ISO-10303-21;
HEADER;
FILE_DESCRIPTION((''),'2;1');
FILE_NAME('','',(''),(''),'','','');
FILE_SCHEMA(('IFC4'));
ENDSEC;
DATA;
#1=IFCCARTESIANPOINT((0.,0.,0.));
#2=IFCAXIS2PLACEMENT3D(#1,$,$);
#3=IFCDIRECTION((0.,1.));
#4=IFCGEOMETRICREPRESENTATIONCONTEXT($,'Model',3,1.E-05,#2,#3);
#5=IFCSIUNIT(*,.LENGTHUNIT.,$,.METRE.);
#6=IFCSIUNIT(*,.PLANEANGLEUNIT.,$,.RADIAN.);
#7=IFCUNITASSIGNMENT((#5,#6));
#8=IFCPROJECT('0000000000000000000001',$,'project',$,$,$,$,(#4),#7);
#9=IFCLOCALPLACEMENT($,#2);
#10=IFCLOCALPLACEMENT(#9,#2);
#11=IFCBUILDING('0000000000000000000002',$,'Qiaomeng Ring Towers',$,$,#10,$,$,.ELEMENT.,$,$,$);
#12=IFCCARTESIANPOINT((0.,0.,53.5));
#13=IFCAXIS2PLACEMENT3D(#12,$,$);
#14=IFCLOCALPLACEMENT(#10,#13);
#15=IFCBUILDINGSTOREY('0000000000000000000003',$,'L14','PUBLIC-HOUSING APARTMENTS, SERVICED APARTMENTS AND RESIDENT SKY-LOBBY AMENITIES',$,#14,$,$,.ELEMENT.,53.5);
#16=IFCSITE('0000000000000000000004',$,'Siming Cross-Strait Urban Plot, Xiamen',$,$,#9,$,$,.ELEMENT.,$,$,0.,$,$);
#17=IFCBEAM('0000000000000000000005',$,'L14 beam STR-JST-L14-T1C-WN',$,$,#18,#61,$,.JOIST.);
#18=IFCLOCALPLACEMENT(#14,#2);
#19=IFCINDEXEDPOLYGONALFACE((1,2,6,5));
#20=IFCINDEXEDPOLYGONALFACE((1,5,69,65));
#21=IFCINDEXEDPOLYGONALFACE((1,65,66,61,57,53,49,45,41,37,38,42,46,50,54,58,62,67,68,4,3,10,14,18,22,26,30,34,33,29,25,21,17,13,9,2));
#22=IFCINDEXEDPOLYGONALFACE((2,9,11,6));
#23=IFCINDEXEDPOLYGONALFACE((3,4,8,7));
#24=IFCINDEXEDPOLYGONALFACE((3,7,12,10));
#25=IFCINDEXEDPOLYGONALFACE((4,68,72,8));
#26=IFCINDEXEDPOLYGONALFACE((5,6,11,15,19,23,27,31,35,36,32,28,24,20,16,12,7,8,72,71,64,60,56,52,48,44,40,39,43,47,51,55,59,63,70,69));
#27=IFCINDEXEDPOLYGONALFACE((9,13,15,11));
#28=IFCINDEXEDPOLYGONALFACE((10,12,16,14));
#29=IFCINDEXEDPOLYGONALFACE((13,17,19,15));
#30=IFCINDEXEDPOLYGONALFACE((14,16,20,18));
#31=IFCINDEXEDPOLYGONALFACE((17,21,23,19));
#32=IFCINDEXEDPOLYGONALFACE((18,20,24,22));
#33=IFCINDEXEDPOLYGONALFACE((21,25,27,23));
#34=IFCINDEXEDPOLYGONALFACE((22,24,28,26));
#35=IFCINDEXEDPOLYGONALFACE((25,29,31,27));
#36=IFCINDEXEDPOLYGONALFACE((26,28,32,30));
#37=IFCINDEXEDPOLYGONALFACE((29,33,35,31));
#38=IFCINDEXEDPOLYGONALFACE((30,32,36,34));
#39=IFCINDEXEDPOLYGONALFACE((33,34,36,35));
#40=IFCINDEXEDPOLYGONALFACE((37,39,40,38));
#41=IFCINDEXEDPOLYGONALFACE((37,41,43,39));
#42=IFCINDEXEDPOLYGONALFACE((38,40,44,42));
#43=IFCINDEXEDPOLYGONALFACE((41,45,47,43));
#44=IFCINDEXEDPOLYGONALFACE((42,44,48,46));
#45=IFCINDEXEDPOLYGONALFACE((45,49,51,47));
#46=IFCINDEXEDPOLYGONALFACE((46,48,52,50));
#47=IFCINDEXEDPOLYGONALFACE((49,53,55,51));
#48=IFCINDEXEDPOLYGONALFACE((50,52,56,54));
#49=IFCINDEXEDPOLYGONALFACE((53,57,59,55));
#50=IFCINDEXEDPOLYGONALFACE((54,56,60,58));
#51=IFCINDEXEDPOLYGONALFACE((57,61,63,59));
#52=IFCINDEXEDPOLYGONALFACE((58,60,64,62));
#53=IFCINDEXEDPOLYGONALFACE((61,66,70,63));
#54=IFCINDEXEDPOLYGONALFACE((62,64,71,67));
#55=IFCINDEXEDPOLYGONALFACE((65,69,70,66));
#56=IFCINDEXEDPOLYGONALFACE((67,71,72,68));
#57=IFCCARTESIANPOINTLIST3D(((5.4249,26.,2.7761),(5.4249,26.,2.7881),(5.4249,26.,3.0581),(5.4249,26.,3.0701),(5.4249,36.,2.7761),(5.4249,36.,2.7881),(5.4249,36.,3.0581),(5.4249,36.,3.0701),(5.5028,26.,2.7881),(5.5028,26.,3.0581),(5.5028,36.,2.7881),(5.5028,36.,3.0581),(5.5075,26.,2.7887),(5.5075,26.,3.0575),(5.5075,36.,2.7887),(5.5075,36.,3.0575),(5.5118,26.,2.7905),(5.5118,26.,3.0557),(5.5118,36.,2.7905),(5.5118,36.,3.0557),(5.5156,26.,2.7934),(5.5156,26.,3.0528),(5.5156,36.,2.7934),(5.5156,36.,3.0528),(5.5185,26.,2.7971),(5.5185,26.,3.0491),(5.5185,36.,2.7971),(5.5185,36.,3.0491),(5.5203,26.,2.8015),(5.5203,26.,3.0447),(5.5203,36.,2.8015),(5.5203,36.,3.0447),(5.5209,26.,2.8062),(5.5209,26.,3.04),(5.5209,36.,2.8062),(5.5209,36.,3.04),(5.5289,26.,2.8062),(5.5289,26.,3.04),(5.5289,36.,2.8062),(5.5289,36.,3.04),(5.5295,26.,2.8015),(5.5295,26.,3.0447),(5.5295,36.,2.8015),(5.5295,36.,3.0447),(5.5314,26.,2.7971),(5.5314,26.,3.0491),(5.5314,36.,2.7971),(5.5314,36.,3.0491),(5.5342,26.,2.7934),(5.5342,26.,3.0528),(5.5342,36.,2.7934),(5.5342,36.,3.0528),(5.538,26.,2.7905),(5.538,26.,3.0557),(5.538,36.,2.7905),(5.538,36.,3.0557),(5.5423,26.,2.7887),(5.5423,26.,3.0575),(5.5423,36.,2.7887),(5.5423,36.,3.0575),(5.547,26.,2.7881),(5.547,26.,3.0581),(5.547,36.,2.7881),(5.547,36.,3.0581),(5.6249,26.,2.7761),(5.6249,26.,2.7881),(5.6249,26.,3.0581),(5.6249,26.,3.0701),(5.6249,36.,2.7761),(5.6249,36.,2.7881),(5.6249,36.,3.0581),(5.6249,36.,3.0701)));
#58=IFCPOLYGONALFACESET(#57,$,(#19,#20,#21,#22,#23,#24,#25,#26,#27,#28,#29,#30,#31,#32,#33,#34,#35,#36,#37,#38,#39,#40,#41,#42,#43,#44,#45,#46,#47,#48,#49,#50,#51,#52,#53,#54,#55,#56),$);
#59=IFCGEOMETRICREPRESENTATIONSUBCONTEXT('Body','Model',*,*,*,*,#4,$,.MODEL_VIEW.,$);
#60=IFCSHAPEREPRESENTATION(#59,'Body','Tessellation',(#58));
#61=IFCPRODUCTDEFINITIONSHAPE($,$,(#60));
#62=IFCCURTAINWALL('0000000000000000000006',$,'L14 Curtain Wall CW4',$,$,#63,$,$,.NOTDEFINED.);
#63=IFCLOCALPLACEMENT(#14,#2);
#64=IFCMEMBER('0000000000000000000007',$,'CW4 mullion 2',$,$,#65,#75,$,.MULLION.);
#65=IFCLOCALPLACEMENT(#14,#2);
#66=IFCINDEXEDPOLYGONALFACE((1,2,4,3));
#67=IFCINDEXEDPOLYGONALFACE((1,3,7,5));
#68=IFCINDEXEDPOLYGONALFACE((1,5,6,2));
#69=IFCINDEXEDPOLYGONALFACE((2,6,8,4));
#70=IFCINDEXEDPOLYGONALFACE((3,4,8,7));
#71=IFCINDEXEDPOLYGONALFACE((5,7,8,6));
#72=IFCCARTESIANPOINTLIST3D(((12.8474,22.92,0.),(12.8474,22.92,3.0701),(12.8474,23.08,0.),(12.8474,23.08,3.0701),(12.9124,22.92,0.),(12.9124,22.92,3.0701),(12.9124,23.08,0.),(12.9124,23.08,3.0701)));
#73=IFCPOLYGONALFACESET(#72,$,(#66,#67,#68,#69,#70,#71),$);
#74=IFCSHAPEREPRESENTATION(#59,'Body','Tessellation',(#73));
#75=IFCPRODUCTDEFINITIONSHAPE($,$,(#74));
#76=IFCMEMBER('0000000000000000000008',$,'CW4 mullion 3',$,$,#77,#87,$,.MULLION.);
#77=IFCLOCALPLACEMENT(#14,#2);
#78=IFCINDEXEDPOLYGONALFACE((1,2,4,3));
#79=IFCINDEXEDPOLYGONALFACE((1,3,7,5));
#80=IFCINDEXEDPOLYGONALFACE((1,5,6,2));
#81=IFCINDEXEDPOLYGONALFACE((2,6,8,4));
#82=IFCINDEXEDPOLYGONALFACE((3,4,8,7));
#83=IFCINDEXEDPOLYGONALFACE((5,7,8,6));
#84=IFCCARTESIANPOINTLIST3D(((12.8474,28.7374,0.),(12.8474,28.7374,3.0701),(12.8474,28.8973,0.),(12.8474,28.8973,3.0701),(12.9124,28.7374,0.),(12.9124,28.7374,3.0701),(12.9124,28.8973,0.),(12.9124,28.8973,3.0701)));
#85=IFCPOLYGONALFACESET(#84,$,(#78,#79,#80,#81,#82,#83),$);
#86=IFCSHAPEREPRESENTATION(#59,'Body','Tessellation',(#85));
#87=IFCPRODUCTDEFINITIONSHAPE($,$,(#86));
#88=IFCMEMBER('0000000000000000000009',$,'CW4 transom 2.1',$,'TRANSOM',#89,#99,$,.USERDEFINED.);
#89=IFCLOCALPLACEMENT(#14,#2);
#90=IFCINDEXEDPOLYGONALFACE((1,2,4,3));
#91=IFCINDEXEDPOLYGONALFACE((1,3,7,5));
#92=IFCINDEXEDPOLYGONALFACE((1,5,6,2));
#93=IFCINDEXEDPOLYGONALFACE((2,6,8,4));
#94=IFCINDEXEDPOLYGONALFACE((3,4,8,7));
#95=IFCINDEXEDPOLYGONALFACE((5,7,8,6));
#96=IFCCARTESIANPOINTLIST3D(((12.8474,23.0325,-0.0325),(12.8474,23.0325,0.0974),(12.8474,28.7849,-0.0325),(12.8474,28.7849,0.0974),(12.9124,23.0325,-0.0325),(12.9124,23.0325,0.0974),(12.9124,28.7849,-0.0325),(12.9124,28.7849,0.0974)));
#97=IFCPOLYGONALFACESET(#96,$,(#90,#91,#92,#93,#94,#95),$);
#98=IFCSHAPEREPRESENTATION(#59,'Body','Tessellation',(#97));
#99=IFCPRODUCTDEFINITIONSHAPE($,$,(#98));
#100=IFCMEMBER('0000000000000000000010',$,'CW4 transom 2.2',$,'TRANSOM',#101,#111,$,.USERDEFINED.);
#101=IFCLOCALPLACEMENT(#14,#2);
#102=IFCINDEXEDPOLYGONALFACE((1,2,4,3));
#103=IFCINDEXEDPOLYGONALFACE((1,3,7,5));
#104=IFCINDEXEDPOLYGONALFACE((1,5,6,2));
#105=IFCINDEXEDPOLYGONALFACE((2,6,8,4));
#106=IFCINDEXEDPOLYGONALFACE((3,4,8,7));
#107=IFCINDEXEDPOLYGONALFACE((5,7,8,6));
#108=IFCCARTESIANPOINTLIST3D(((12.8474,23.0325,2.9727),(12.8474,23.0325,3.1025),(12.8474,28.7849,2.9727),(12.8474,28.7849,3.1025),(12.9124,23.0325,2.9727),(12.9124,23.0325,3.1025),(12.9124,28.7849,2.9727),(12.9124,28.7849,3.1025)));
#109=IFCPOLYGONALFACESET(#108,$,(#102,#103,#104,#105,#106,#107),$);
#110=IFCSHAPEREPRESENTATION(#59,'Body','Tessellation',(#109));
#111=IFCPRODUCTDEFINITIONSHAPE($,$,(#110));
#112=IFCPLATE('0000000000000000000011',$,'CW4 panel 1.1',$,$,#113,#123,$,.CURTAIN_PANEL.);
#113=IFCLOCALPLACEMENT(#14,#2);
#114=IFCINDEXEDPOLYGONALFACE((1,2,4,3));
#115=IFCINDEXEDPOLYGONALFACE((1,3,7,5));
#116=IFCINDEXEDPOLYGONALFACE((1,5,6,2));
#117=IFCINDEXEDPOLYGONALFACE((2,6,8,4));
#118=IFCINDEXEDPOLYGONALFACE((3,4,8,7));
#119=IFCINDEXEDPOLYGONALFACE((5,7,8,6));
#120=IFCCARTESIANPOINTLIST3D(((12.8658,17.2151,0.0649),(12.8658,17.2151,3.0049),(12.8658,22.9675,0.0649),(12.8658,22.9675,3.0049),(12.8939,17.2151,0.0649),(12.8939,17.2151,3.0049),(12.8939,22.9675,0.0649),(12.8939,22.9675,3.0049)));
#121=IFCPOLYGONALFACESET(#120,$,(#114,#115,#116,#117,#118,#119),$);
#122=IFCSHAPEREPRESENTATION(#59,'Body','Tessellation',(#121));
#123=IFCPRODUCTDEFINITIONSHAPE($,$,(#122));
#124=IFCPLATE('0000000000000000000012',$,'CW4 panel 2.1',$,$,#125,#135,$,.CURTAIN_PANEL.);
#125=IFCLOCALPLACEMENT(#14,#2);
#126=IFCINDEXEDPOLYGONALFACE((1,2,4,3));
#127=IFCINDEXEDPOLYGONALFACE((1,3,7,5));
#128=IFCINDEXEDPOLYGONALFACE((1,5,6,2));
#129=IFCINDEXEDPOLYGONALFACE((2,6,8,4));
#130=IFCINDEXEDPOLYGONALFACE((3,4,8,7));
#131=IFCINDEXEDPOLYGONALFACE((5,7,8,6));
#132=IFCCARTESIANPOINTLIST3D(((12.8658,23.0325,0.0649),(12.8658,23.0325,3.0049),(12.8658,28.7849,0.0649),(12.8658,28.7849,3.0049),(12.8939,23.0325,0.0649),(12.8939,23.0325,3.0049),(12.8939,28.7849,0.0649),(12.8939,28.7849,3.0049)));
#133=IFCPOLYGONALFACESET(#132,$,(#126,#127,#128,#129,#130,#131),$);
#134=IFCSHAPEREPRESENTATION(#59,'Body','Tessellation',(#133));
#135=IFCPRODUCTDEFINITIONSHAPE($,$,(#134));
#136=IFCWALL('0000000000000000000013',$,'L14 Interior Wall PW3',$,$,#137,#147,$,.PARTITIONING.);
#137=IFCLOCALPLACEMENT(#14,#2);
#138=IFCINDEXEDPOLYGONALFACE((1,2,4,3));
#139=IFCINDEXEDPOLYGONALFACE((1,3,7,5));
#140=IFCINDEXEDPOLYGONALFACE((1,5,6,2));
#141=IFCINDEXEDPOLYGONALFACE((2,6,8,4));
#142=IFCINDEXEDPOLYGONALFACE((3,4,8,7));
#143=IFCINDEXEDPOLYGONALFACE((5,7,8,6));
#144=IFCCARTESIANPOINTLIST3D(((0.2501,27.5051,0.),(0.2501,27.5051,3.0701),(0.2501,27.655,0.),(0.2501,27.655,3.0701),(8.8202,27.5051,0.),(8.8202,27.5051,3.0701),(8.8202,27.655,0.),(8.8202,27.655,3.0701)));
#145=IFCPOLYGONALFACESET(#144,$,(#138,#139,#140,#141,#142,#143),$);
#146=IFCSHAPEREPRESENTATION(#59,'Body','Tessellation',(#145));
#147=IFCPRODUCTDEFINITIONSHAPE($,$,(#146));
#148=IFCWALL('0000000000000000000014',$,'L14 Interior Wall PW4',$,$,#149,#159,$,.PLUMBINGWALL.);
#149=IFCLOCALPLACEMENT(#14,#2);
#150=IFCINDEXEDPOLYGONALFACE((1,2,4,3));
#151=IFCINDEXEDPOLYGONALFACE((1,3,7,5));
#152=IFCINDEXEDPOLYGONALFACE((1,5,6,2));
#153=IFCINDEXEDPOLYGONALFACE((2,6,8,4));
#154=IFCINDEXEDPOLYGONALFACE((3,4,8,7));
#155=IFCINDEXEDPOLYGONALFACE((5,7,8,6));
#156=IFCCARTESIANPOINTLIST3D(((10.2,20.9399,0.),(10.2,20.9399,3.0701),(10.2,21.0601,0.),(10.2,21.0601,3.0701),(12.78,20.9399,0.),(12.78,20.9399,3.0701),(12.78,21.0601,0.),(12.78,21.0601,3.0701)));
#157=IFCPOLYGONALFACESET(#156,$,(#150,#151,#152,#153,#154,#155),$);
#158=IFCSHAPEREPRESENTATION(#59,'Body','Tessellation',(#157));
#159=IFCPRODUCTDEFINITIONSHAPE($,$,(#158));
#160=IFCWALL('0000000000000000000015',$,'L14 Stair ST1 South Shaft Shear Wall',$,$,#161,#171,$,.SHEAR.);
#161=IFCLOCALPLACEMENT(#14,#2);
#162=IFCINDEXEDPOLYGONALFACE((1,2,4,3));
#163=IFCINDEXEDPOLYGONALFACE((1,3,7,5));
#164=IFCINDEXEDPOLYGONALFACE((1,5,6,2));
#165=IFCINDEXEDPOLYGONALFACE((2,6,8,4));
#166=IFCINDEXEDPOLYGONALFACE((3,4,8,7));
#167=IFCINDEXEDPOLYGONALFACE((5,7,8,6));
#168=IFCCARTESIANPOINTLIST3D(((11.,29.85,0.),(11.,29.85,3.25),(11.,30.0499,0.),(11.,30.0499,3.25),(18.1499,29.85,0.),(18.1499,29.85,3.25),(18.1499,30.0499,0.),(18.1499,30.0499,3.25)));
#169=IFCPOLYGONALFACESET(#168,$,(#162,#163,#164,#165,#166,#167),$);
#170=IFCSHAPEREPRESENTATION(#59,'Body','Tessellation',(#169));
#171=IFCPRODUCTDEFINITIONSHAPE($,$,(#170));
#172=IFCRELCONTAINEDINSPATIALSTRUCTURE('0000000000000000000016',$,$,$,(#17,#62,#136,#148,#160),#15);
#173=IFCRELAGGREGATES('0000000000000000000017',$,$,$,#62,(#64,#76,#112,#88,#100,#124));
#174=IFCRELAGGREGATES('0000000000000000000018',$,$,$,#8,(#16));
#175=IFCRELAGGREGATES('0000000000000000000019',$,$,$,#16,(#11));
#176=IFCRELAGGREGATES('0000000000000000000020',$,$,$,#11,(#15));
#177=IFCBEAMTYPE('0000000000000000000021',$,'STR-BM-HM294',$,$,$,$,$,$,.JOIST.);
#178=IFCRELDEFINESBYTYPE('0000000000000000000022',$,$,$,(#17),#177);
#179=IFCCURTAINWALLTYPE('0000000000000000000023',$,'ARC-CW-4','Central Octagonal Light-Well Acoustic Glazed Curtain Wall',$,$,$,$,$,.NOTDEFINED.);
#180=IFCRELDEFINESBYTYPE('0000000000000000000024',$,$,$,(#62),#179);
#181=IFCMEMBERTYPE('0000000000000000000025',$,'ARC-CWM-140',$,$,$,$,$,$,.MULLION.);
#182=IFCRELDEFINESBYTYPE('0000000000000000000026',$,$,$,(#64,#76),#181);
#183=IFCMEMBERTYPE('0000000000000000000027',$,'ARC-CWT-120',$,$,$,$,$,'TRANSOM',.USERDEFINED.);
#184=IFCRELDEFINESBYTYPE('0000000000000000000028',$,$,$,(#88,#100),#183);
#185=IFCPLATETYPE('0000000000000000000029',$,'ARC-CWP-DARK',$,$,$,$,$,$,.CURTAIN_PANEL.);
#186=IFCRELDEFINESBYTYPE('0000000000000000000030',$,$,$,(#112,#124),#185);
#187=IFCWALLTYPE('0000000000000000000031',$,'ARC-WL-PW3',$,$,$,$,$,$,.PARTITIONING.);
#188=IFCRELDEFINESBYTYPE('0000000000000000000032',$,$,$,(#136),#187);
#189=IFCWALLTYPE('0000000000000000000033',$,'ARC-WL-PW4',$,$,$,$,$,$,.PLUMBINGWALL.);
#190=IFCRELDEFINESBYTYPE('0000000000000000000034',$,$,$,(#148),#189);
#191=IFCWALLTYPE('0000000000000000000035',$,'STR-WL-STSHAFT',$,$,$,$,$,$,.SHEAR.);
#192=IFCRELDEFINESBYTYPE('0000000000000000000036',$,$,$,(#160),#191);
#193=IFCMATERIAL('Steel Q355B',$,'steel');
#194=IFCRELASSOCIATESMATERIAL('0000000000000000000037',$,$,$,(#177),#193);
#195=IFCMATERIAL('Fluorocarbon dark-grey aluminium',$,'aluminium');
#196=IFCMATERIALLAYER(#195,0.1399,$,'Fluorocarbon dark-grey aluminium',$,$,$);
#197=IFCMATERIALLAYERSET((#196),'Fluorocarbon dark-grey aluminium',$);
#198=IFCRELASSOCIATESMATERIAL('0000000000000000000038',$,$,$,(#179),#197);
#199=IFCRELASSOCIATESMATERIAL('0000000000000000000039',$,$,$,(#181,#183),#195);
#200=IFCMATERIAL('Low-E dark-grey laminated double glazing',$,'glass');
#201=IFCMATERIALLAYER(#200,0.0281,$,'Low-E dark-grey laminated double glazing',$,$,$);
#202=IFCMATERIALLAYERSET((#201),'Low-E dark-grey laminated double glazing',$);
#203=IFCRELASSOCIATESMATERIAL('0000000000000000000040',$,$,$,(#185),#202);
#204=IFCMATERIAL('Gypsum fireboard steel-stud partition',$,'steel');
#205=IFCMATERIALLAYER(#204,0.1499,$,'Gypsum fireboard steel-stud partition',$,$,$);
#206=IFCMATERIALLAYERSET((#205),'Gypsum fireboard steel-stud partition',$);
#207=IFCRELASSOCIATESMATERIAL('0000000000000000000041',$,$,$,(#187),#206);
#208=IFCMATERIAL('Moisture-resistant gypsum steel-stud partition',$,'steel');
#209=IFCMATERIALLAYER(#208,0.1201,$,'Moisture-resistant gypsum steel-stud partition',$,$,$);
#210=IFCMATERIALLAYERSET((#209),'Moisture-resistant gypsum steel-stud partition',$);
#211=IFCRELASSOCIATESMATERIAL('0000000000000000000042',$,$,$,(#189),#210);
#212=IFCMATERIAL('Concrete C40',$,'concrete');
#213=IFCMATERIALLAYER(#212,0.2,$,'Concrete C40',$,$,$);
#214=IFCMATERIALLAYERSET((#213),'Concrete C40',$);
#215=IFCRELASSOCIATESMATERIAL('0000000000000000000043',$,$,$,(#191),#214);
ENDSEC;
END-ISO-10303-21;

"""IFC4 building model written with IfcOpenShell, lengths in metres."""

from ifc_helpers import new_model, si_unit, direction, frame, frame_2d, origin, origin_2d, place, context, subcontext, project, spatial, rectangle, i_section, extrude, source, transform, mapped, material, layer, layer_set, material_profile, profile_set, type_object, element, aggregate, save


model = new_model("IFC4")

# Units and contexts
model_context = context("Model", 3, precision=1e-05, world=origin(), true_north=direction((0.0, 1.0)))
body_context = subcontext(model_context, "Body", "Model", "MODEL_VIEW")
ifc_project = project(units=[si_unit("LENGTHUNIT", "METRE"), si_unit("PLANEANGLEUNIT", "RADIAN")], contexts=[model_context])

# Site, building, storey
site_placement = place(None, origin())
site = spatial("IfcSite", under=ifc_project, at=site_placement, Name="Siming Cross-Strait Urban Plot, Xiamen", CompositionType="ELEMENT", RefElevation=0.0)
building_placement = place(site_placement, origin())
building = spatial("IfcBuilding", under=site, at=building_placement, Name="Qiaomeng Ring Towers", CompositionType="ELEMENT")
storey_placement = place(building_placement, frame((0.0, 0.0, 53.5)))
storey = spatial("IfcBuildingStorey", under=building, at=storey_placement, Name="L14", Description="PUBLIC-HOUSING APARTMENTS, SERVICED APARTMENTS AND RESIDENT SKY-LOBBY AMENITIES", CompositionType="ELEMENT", Elevation=53.5)

# Beam
ifc_material_1 = material(Name="Steel Q355B", Category="steel")
ifc_material_profile_1 = material_profile(ifc_material_1, i_section(OverallWidth=0.2, OverallDepth=0.2939, WebThickness=0.0081, FlangeThickness=0.012, FilletRadius=0.0181, at=origin_2d()), Name="HM 294x200x8x12")
ifc_profile_set_1 = profile_set([ifc_material_profile_1], Name="Steel Q355B")
beam_type_1 = type_object("IfcBeamType", Name="STR-BM-HM294", PredefinedType="JOIST", material=ifc_profile_set_1)
shared_shape_1 = source(origin(), body_context, "Body", "SweptSolid", [
    extrude(i_section(OverallWidth=0.2, OverallDepth=0.2939, WebThickness=0.0081, FlangeThickness=0.012, FilletRadius=0.0181, at=origin_2d()), origin(), (0.0, 0.0, 1.0), 10.0),
])
beam_1_placement = place(storey_placement, frame((5.5249, 26.0, 2.9231), z_axis=(0.0, 1.0, 0.0), x_axis=(-1.0, 0.0, 0.0)))
element("IfcBeam", 1, at=beam_1_placement, inside=storey, type_object=beam_type_1, Name="L14 beam STR-JST-L14-T1C-WN", PredefinedType="JOIST", context=body_context, shape_type="MappedRepresentation", body=[
    mapped(shared_shape_1, transform((0.0, 0.0, 0.0), x_axis=(1.0, 0.0, 0.0), y_axis=(0.0, 1.0, 0.0), z_axis=(0.0, 0.0, 1.0), scale=1.0)),
])

# Curtain wall, members, plates
ifc_material_2 = material(Name="Fluorocarbon dark-grey aluminium", Category="aluminium")
ifc_layer_1 = layer(ifc_material_2, 0.1399, Name="Fluorocarbon dark-grey aluminium")
ifc_layer_set_1 = layer_set([ifc_layer_1], Name="Fluorocarbon dark-grey aluminium")
curtain_wall_type = type_object("IfcCurtainWallType", Name="ARC-CW-4", Description="Central Octagonal Light-Well Acoustic Glazed Curtain Wall", PredefinedType="NOTDEFINED", material=ifc_layer_set_1)
curtain_wall_placement = place(storey_placement, origin())
curtain_wall = element("IfcCurtainWall", 2, at=curtain_wall_placement, inside=storey, type_object=curtain_wall_type, Name="L14 Curtain Wall CW4", PredefinedType="NOTDEFINED")
ifc_material_profile_2 = material_profile(ifc_material_2, rectangle(XDim=0.0649, YDim=0.1599, at=origin_2d()), Name="ALU MULL 65x160")
ifc_profile_set_2 = profile_set([ifc_material_profile_2], Name="Fluorocarbon dark-grey aluminium")
member_type_1 = type_object("IfcMemberType", Name="ARC-CWM-140", PredefinedType="MULLION", material=ifc_profile_set_2)
shared_shape_2 = source(origin(), body_context, "Body", "SweptSolid", [
    extrude(rectangle(XDim=0.0649, YDim=0.1599, at=origin_2d()), origin(), (0.0, 0.0, 1.0), 3.0701),
])
member_1_placement = place(storey_placement, frame((12.8799, 23.0, 0.0), z_axis=(0.0, 0.0, 1.0), x_axis=(-1.0, 0.0, 0.0)))
member_1 = element("IfcMember", 3, at=member_1_placement, type_object=member_type_1, Name="CW4 mullion 2", PredefinedType="MULLION", context=body_context, shape_type="MappedRepresentation", body=[
    mapped(shared_shape_2, transform((0.0, 0.0, 0.0), x_axis=(1.0, 0.0, 0.0), y_axis=(0.0, 1.0, 0.0), z_axis=(0.0, 0.0, 1.0), scale=1.0)),
])
member_2_placement = place(storey_placement, frame((12.8799, 28.8174, 0.0), z_axis=(0.0, 0.0, 1.0), x_axis=(-1.0, 0.0, 0.0)))
member_2 = element("IfcMember", 4, at=member_2_placement, type_object=member_type_1, Name="CW4 mullion 3", PredefinedType="MULLION", context=body_context, shape_type="MappedRepresentation", body=[
    mapped(shared_shape_2, transform((0.0, 0.0, 0.0), x_axis=(1.0, 0.0, 0.0), y_axis=(0.0, 1.0, 0.0), z_axis=(0.0, 0.0, 1.0), scale=1.0)),
])
ifc_material_profile_3 = material_profile(ifc_material_2, rectangle(XDim=0.0649, YDim=0.1299, at=origin_2d()), Name="ALU TRAN 65x130")
ifc_profile_set_3 = profile_set([ifc_material_profile_3], Name="Fluorocarbon dark-grey aluminium")
member_type_2 = type_object("IfcMemberType", Name="ARC-CWT-120", ElementType="TRANSOM", PredefinedType="USERDEFINED", material=ifc_profile_set_3)
shared_shape_3 = source(origin(), body_context, "Body", "SweptSolid", [
    extrude(rectangle(XDim=0.0649, YDim=0.1299, at=origin_2d()), origin(), (0.0, 0.0, 1.0), 5.7524),
])
member_3_placement = place(storey_placement, frame((12.8799, 23.0325, 0.0325), z_axis=(0.0, 1.0, 0.0), x_axis=(-1.0, 0.0, 0.0)))
member_3 = element("IfcMember", 5, at=member_3_placement, type_object=member_type_2, Name="CW4 transom 2.1", ObjectType="TRANSOM", PredefinedType="USERDEFINED", context=body_context, shape_type="MappedRepresentation", body=[
    mapped(shared_shape_3, transform((0.0, 0.0, 0.0), x_axis=(1.0, 0.0, 0.0), y_axis=(0.0, 1.0, 0.0), z_axis=(0.0, 0.0, 1.0), scale=1.0)),
])
member_4_placement = place(storey_placement, frame((12.8799, 23.0325, 3.0376), z_axis=(0.0, 1.0, 0.0), x_axis=(-1.0, 0.0, 0.0)))
member_4 = element("IfcMember", 6, at=member_4_placement, type_object=member_type_2, Name="CW4 transom 2.2", ObjectType="TRANSOM", PredefinedType="USERDEFINED", context=body_context, shape_type="MappedRepresentation", body=[
    mapped(shared_shape_3, transform((0.0, 0.0, 0.0), x_axis=(1.0, 0.0, 0.0), y_axis=(0.0, 1.0, 0.0), z_axis=(0.0, 0.0, 1.0), scale=1.0)),
])
ifc_material_3 = material(Name="Low-E dark-grey laminated double glazing", Category="glass")
ifc_layer_2 = layer(ifc_material_3, 0.0281, Name="Low-E dark-grey laminated double glazing")
ifc_layer_set_2 = layer_set([ifc_layer_2], Name="Low-E dark-grey laminated double glazing")
plate_type = type_object("IfcPlateType", Name="ARC-CWP-DARK", PredefinedType="CURTAIN_PANEL", material=ifc_layer_set_2)
shared_shape_4 = source(origin(), body_context, "Body", "SweptSolid", [
    extrude(rectangle(XDim=5.7524, YDim=0.0281, at=origin_2d()), origin(), (0.0, 0.0, 1.0), 2.9399),
])
plate_1_placement = place(storey_placement, frame((12.8799, 20.0913, 0.0649), z_axis=(0.0, 0.0, 1.0), x_axis=(0.0, 1.0, 0.0)))
plate_1 = element("IfcPlate", 7, at=plate_1_placement, type_object=plate_type, Name="CW4 panel 1.1", PredefinedType="CURTAIN_PANEL", context=body_context, shape_type="MappedRepresentation", body=[
    mapped(shared_shape_4, transform((0.0, 0.0, 0.0), x_axis=(1.0, 0.0, 0.0), y_axis=(0.0, 1.0, 0.0), z_axis=(0.0, 0.0, 1.0), scale=1.0)),
])
plate_2_placement = place(storey_placement, frame((12.8799, 25.9087, 0.0649), z_axis=(0.0, 0.0, 1.0), x_axis=(0.0, 1.0, 0.0)))
plate_2 = element("IfcPlate", 8, at=plate_2_placement, type_object=plate_type, Name="CW4 panel 2.1", PredefinedType="CURTAIN_PANEL", context=body_context, shape_type="MappedRepresentation", body=[
    mapped(shared_shape_4, transform((0.0, 0.0, 0.0), x_axis=(1.0, 0.0, 0.0), y_axis=(0.0, 1.0, 0.0), z_axis=(0.0, 0.0, 1.0), scale=1.0)),
])
aggregate(curtain_wall, [member_1, member_2, plate_1, member_3, member_4, plate_2])

# Walls
ifc_material_4 = material(Name="Gypsum fireboard steel-stud partition", Category="steel")
ifc_layer_3 = layer(ifc_material_4, 0.1499, Name="Gypsum fireboard steel-stud partition")
ifc_layer_set_3 = layer_set([ifc_layer_3], Name="Gypsum fireboard steel-stud partition")
wall_type_1 = type_object("IfcWallType", Name="ARC-WL-PW3", PredefinedType="PARTITIONING", material=ifc_layer_set_3)
wall_1_placement = place(storey_placement, frame((0.25, 27.5801, 0.0), z_axis=(0.0, 0.0, 1.0), x_axis=(1.0, 0.0, 0.0)))
element("IfcWall", 9, at=wall_1_placement, inside=storey, type_object=wall_type_1, Name="L14 Interior Wall PW3", PredefinedType="PARTITIONING", context=body_context, shape_type="SweptSolid", body=[
    extrude(rectangle(XDim=8.5701, YDim=0.1499, at=frame_2d((4.2852, 0.0))), origin(), (0.0, 0.0, 1.0), 3.0701),
])
ifc_material_5 = material(Name="Moisture-resistant gypsum steel-stud partition", Category="steel")
ifc_layer_4 = layer(ifc_material_5, 0.1201, Name="Moisture-resistant gypsum steel-stud partition")
ifc_layer_set_4 = layer_set([ifc_layer_4], Name="Moisture-resistant gypsum steel-stud partition")
wall_type_2 = type_object("IfcWallType", Name="ARC-WL-PW4", PredefinedType="PLUMBINGWALL", material=ifc_layer_set_4)
wall_2_placement = place(storey_placement, frame((10.2, 21.0, 0.0), z_axis=(0.0, 0.0, 1.0), x_axis=(1.0, 0.0, 0.0)))
element("IfcWall", 10, at=wall_2_placement, inside=storey, type_object=wall_type_2, Name="L14 Interior Wall PW4", PredefinedType="PLUMBINGWALL", context=body_context, shape_type="SweptSolid", body=[
    extrude(rectangle(XDim=2.5801, YDim=0.1201, at=frame_2d((1.29, 0.0))), origin(), (0.0, 0.0, 1.0), 3.0701),
])
ifc_material_6 = material(Name="Concrete C40", Category="concrete")
ifc_layer_5 = layer(ifc_material_6, 0.2, Name="Concrete C40")
ifc_layer_set_5 = layer_set([ifc_layer_5], Name="Concrete C40")
wall_type_3 = type_object("IfcWallType", Name="STR-WL-STSHAFT", PredefinedType="SHEAR", material=ifc_layer_set_5)
wall_3_placement = place(storey_placement, frame((11.0, 29.95, 0.0), z_axis=(0.0, 0.0, 1.0), x_axis=(1.0, 0.0, 0.0)))
element("IfcWall", 11, at=wall_3_placement, inside=storey, type_object=wall_type_3, Name="L14 Stair ST1 South Shaft Shear Wall", PredefinedType="SHEAR", context=body_context, shape_type="SweptSolid", body=[
    extrude(rectangle(XDim=7.1499, YDim=0.2, at=frame_2d((3.575, 0.0))), origin(), (0.0, 0.0, 1.0), 3.25),
])

save(model, "model.ifc")
